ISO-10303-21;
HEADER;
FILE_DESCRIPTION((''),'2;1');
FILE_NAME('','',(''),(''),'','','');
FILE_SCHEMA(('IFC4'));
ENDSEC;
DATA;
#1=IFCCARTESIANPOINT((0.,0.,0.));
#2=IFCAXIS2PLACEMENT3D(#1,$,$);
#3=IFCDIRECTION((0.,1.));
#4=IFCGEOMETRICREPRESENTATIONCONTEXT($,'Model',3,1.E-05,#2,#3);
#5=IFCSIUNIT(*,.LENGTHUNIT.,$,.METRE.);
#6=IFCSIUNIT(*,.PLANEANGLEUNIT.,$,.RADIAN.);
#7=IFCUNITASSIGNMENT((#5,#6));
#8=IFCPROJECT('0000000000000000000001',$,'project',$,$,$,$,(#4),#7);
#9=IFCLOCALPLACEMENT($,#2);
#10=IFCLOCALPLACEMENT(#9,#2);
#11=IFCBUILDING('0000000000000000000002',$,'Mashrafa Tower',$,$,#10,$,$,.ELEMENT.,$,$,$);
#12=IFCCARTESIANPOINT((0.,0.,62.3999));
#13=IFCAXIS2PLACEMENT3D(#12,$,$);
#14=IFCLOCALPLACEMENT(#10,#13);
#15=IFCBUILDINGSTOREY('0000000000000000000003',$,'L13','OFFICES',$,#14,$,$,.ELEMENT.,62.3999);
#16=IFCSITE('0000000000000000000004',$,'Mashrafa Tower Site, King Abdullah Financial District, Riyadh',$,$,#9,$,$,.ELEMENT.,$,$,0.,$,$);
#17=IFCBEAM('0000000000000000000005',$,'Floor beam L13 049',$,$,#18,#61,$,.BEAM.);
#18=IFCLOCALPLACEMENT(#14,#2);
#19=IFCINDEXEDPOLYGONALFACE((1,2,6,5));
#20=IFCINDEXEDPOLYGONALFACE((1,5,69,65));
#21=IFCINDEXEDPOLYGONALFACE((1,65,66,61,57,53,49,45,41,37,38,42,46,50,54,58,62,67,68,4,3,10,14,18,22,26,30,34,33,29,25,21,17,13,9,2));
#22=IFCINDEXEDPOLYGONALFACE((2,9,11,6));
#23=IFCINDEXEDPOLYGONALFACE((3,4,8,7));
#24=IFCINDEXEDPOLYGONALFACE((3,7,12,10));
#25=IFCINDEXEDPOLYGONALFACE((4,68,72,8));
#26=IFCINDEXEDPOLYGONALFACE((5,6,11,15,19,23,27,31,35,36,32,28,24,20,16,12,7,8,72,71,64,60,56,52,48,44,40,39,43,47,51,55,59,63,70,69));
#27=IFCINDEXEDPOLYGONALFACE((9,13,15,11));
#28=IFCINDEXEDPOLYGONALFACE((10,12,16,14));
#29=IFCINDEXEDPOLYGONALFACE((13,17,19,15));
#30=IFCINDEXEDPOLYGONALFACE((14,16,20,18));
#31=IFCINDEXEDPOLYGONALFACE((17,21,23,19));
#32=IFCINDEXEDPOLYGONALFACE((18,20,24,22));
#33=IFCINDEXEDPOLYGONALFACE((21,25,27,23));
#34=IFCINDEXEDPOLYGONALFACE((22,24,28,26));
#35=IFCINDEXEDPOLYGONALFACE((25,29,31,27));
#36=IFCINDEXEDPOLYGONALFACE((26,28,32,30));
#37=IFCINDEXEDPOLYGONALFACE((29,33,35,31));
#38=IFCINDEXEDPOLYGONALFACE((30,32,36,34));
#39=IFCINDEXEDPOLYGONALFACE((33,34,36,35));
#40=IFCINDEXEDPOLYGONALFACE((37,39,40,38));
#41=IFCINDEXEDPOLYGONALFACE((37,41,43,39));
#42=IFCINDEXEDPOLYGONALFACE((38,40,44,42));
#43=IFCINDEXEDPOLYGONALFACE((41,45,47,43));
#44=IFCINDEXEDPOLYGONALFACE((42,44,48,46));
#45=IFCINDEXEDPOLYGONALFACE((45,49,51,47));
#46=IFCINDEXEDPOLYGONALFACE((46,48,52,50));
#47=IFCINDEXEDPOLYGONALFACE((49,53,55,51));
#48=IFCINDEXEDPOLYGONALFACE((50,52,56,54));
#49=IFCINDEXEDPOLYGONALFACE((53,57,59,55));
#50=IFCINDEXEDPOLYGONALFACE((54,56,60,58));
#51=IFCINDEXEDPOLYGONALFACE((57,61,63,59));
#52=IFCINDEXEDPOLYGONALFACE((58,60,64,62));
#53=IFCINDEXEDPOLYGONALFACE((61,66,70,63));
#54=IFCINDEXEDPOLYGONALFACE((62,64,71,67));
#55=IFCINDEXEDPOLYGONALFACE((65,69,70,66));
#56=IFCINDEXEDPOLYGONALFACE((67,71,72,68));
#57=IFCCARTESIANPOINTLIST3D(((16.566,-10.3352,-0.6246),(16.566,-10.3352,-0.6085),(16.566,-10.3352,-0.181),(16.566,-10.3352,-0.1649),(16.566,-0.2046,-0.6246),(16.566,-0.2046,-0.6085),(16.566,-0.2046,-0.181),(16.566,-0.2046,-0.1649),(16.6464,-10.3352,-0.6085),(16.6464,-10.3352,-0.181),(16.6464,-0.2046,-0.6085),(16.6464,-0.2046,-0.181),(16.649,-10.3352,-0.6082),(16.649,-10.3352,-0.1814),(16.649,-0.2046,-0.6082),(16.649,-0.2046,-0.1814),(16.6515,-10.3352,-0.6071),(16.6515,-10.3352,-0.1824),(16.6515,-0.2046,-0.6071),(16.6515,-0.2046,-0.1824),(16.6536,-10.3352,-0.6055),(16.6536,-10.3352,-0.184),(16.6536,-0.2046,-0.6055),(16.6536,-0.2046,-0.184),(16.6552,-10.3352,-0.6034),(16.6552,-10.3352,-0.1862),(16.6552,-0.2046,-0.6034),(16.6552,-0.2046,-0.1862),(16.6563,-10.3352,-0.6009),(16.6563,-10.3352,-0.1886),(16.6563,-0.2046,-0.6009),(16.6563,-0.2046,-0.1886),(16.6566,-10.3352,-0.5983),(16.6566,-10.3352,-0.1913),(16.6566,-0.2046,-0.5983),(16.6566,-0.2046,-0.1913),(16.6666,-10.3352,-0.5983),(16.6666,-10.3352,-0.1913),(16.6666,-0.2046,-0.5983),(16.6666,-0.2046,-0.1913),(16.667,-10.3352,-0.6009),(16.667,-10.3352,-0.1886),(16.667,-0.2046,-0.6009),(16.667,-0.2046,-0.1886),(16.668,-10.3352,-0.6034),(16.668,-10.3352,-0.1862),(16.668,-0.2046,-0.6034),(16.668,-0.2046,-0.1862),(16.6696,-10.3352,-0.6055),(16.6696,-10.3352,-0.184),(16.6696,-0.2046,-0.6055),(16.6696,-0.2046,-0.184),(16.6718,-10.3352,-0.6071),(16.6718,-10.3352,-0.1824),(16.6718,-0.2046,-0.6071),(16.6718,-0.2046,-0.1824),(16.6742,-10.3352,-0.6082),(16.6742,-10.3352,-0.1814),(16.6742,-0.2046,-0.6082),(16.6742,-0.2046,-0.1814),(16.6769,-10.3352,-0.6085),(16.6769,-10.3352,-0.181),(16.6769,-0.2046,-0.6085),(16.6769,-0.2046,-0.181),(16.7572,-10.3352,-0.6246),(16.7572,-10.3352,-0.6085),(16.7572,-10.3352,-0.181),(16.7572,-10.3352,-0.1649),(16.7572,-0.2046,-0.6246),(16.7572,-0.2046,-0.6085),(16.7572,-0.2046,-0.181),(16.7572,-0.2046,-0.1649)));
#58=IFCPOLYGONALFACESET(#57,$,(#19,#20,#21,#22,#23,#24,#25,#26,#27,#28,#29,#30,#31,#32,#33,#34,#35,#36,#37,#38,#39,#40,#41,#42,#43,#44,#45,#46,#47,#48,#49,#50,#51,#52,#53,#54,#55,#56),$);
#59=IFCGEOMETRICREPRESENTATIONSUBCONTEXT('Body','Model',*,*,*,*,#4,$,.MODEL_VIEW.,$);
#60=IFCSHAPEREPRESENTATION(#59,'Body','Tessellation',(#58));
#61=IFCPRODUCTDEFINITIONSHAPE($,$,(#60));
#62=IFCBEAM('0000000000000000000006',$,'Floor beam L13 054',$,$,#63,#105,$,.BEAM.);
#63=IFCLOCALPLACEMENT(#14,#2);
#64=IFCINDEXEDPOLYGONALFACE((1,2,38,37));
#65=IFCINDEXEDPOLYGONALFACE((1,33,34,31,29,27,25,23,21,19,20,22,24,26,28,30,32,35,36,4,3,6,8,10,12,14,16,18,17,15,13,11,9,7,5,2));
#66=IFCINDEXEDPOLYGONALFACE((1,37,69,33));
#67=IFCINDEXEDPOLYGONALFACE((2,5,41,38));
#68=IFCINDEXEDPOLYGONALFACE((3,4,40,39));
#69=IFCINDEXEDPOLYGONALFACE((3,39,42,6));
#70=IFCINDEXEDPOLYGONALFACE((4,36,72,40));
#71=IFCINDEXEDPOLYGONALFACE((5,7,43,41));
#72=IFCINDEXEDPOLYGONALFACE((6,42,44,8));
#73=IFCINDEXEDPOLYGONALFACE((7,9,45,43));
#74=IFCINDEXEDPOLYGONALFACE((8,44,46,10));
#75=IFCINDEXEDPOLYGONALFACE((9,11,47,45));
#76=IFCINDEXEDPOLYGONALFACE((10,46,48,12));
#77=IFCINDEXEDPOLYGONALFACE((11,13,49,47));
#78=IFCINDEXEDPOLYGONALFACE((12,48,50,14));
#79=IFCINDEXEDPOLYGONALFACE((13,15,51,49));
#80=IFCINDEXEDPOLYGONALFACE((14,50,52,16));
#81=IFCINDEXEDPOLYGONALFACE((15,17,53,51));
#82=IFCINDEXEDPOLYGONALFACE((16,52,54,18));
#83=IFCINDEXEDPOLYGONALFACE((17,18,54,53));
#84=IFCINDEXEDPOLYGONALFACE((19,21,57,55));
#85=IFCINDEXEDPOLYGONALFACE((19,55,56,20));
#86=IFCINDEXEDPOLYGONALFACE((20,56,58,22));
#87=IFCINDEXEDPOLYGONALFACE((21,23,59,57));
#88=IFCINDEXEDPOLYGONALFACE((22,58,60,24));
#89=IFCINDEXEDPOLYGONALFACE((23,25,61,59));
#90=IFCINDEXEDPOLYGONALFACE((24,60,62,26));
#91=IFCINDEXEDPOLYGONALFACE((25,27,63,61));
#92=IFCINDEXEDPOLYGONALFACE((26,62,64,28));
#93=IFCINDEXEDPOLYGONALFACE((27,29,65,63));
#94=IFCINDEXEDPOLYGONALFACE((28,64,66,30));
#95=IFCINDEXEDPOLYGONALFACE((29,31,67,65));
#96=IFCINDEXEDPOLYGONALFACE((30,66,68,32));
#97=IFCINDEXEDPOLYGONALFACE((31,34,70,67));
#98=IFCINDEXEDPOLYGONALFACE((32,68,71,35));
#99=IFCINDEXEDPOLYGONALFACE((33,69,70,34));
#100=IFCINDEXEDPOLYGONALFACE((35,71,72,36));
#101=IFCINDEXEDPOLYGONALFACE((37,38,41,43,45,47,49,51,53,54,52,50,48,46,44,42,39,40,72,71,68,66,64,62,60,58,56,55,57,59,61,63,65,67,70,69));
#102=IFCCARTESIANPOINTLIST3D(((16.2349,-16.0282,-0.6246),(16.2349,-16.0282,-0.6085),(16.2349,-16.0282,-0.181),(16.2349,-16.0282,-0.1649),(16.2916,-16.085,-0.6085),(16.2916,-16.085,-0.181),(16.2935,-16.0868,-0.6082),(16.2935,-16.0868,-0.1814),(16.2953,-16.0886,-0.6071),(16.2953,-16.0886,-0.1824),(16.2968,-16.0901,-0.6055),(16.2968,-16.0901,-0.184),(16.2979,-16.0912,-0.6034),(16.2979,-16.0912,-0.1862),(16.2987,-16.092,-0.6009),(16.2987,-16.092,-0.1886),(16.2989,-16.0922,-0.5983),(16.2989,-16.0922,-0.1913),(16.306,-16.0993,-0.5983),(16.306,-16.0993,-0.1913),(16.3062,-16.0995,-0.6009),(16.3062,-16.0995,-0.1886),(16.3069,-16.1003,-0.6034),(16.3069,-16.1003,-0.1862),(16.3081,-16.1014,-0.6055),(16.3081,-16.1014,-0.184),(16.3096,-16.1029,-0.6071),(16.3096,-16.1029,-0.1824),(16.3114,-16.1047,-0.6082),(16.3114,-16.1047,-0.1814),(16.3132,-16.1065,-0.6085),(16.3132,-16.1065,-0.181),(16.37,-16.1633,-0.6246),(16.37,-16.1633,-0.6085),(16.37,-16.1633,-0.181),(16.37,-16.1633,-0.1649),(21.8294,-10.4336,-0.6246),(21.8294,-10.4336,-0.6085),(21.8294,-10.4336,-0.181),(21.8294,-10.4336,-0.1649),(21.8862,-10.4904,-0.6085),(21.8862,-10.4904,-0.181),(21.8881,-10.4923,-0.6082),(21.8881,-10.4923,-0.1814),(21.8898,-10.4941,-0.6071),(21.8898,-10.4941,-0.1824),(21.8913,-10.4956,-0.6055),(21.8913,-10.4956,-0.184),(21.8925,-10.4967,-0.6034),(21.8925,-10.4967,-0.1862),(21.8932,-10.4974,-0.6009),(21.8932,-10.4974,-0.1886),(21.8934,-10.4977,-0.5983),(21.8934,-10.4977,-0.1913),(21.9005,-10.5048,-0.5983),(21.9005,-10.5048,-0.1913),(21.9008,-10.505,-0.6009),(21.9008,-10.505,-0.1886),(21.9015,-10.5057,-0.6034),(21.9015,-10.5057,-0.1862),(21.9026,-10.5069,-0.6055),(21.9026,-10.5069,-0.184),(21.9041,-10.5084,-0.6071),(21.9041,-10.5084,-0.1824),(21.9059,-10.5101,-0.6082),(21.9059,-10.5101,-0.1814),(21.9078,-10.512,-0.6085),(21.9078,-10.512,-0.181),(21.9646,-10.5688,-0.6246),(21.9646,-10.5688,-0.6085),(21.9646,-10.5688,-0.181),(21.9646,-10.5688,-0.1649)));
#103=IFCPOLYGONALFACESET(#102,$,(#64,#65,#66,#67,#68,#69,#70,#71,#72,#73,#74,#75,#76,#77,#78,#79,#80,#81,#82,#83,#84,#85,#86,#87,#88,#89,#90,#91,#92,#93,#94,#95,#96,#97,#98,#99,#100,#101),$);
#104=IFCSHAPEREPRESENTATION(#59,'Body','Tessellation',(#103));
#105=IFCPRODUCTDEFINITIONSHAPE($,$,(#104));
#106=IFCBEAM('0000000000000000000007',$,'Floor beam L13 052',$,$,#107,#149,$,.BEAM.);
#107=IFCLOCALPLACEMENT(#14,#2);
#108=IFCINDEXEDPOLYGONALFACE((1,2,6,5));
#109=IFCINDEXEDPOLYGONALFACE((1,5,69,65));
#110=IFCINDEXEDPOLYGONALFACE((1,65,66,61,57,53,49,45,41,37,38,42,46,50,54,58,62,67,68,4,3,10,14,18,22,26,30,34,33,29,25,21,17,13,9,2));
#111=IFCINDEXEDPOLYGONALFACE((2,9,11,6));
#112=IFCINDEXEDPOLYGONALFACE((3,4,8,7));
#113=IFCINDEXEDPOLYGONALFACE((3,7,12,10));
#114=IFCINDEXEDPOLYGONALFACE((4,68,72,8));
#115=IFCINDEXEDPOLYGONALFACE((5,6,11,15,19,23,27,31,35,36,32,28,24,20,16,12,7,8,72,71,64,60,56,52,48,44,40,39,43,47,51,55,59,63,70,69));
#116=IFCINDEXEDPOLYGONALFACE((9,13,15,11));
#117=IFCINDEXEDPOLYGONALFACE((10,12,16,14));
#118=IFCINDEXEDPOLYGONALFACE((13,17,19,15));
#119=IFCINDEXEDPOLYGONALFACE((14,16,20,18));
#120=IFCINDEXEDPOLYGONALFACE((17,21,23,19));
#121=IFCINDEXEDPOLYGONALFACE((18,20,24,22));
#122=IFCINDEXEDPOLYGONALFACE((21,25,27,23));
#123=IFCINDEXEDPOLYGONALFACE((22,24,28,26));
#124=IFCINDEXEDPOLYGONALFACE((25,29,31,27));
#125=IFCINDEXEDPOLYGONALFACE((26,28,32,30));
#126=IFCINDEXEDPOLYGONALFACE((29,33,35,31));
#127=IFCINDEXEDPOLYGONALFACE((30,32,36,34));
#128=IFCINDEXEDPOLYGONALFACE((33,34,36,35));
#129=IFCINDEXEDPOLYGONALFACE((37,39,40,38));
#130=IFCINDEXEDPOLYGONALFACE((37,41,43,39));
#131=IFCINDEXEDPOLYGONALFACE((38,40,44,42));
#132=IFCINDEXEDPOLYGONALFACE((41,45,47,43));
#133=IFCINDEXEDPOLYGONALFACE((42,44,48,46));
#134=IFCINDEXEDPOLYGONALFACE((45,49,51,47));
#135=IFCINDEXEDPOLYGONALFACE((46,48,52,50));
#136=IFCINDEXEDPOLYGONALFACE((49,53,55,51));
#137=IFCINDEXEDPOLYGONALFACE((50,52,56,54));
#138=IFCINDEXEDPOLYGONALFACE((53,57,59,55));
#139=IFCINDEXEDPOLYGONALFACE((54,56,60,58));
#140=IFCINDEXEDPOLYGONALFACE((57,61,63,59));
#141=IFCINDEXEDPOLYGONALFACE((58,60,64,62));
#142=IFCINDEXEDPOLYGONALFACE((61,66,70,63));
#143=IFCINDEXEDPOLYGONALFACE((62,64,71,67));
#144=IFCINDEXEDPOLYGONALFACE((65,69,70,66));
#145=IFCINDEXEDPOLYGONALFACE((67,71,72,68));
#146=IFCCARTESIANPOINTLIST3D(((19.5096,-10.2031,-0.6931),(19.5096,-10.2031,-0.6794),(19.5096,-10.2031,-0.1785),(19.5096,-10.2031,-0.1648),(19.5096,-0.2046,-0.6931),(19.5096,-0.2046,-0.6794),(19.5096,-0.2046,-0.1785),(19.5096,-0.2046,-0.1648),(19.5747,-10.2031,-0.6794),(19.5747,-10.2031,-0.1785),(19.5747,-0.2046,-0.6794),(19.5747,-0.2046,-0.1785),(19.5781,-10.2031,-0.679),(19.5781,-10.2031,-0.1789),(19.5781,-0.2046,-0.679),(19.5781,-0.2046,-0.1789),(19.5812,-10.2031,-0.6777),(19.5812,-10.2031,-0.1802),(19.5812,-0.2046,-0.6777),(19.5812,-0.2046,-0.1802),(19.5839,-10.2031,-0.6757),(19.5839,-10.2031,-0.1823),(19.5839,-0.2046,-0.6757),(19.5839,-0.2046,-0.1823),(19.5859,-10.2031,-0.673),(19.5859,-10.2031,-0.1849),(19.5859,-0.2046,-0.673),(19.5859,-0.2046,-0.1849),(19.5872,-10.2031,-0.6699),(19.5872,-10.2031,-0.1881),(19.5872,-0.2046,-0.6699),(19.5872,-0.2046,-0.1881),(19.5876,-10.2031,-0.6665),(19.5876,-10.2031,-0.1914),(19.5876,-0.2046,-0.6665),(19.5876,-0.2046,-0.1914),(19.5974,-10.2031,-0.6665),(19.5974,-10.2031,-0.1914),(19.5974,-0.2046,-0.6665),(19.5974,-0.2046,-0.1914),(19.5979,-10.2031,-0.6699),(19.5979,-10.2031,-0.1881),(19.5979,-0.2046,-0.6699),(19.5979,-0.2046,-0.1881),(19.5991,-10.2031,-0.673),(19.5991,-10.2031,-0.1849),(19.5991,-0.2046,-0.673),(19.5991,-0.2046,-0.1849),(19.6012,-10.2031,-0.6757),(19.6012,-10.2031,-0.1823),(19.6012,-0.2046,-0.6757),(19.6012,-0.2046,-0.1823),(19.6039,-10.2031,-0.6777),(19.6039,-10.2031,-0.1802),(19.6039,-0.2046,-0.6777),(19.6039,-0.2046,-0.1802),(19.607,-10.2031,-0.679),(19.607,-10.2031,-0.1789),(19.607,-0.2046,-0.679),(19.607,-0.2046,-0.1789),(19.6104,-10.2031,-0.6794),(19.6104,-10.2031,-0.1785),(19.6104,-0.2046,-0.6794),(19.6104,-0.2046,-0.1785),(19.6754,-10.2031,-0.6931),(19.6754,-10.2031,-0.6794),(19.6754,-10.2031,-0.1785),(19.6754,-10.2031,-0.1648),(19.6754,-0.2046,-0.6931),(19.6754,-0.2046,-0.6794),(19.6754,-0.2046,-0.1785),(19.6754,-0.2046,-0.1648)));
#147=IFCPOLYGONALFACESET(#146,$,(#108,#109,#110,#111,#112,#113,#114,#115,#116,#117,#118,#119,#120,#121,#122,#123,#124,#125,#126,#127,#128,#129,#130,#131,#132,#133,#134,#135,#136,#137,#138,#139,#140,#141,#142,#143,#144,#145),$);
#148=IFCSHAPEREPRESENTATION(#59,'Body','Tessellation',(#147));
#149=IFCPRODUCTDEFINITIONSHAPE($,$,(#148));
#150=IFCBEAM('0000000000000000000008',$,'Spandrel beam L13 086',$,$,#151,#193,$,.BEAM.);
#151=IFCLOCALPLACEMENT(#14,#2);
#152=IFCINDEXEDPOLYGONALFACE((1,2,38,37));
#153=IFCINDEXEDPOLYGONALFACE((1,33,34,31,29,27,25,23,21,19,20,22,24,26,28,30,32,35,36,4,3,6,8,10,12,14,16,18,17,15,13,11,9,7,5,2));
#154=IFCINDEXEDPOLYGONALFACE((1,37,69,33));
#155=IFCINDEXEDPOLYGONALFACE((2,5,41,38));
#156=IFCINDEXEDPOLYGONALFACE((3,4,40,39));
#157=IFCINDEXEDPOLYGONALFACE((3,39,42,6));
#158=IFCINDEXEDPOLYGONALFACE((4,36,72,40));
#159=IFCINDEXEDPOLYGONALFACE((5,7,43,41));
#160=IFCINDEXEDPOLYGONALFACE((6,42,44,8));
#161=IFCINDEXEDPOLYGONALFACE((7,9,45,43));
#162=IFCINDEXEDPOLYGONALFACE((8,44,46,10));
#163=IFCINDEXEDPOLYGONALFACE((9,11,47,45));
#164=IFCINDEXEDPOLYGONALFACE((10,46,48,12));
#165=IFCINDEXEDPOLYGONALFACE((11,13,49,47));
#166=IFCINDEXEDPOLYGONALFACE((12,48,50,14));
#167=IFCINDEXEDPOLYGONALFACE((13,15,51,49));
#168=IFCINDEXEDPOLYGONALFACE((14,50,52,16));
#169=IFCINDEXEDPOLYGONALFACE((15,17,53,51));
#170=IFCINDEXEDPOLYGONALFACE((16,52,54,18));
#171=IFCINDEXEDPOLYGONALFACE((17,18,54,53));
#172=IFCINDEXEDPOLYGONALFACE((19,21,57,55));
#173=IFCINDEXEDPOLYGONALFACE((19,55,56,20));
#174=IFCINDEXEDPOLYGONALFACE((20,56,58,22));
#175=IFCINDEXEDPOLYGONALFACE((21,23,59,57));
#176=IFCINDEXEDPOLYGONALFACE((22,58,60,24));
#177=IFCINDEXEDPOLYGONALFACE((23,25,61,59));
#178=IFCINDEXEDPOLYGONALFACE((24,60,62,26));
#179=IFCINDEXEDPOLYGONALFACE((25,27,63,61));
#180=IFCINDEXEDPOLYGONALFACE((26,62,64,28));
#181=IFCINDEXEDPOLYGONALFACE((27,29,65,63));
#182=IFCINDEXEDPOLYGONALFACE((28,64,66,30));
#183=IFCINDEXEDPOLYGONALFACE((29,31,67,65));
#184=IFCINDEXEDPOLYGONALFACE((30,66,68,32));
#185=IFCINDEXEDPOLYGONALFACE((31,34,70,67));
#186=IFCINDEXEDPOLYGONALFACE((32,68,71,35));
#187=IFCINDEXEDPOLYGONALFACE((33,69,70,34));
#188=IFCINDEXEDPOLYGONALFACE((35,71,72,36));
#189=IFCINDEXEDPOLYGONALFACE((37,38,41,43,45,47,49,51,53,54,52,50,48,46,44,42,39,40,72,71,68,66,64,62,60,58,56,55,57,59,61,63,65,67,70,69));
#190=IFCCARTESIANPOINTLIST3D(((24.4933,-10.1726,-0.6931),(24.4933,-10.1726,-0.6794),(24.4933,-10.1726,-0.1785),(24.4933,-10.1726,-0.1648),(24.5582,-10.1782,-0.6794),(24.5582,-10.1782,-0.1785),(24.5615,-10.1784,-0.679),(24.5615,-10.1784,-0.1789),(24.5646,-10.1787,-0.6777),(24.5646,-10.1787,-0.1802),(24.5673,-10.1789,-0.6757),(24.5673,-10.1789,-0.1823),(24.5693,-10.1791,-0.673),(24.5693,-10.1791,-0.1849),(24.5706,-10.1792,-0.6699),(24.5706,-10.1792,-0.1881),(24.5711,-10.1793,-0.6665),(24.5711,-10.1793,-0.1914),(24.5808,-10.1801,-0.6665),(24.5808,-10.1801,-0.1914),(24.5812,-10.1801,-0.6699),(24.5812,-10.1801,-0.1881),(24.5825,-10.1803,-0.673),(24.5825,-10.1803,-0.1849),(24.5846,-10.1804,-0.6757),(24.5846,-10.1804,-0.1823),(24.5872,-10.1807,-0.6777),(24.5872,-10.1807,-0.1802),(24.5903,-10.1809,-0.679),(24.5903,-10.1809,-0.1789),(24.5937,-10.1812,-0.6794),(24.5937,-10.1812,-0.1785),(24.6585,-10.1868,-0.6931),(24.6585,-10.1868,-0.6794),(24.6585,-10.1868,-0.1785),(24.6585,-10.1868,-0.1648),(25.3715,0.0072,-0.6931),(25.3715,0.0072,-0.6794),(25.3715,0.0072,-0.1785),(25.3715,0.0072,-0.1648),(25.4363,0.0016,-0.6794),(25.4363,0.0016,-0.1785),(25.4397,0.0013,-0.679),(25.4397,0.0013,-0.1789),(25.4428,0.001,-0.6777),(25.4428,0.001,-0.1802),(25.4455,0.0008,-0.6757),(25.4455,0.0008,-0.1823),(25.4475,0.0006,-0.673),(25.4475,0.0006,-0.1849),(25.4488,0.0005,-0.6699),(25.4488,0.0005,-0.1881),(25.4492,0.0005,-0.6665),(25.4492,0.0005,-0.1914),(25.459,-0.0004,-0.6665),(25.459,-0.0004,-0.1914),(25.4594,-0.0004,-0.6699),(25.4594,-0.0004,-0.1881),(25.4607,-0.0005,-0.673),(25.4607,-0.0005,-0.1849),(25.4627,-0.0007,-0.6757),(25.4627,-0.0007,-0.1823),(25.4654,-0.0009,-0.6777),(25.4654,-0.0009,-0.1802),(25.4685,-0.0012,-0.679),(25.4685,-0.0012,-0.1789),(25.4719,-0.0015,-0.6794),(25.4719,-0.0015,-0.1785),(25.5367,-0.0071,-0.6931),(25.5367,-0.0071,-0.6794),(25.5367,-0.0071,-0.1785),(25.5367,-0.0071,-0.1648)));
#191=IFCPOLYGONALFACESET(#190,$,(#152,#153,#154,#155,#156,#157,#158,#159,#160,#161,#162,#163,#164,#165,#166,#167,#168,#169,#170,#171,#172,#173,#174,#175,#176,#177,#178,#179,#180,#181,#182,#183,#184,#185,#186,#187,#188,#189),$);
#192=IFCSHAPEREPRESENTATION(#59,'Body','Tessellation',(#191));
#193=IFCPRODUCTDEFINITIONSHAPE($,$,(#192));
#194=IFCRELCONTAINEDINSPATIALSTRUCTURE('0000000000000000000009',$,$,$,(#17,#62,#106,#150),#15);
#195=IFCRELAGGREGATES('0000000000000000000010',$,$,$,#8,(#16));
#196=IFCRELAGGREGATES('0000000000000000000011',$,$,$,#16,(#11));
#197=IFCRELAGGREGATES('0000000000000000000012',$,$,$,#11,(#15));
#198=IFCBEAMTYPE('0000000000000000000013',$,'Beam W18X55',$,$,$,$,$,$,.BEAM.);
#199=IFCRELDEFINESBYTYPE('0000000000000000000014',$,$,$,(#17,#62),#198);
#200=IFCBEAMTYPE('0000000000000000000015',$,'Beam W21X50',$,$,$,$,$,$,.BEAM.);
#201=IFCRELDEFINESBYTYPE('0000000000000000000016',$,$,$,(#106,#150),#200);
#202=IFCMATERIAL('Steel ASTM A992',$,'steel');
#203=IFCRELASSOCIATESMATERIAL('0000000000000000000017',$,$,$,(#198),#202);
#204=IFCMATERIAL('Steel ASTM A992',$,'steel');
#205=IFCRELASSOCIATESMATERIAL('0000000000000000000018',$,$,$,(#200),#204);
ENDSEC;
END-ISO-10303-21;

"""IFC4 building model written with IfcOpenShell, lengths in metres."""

from ifc_helpers import new_model, si_unit, direction, frame, origin, origin_2d, place, context, subcontext, project, spatial, i_section, extrude, material, material_profile, profile_set, type_object, element, save


model = new_model("IFC4")

# Units and contexts
model_context = context("Model", 3, precision=1e-05, world=origin(), true_north=direction((0.0, 1.0)))
body_context = subcontext(model_context, "Body", "Model", "MODEL_VIEW")
ifc_project = project(units=[si_unit("LENGTHUNIT", "METRE"), si_unit("PLANEANGLEUNIT", "RADIAN")], contexts=[model_context])

# Site, building, storey
site_placement = place(None, origin())
site = spatial("IfcSite", under=ifc_project, at=site_placement, Name="Mashrafa Tower Site, King Abdullah Financial District, Riyadh", CompositionType="ELEMENT", RefElevation=0.0)
building_placement = place(site_placement, origin())
building = spatial("IfcBuilding", under=site, at=building_placement, Name="Mashrafa Tower", CompositionType="ELEMENT")
storey_placement = place(building_placement, frame((0.0, 0.0, 62.3999)))
storey = spatial("IfcBuildingStorey", under=building, at=storey_placement, Name="L13", Description="OFFICES", CompositionType="ELEMENT", Elevation=62.3999)

# Beams
ifc_material_1 = material(Name="Steel ASTM A992", Category="steel")
ifc_material_profile_1 = material_profile(ifc_material_1, i_section(OverallWidth=0.1912, OverallDepth=0.4597, WebThickness=0.01, FlangeThickness=0.0161, FilletRadius=0.0103, at=origin_2d()), Name="W18X55")
ifc_profile_set_1 = profile_set([ifc_material_profile_1], Name="Steel ASTM A992")
beam_type_1 = type_object("IfcBeamType", Name="Beam W18X55", PredefinedType="BEAM", material=ifc_profile_set_1)
beam_1_placement = place(storey_placement, frame((16.6616, -0.2046, -0.3948), z_axis=(0.0, -1.0, 0.0), x_axis=(1.0, 0.0, 0.0)))
element("IfcBeam", 1, at=beam_1_placement, inside=storey, type_object=beam_type_1, Name="Floor beam L13 049", PredefinedType="BEAM", context=body_context, shape_type="SweptSolid", body=[
    extrude(i_section(OverallWidth=0.1912, OverallDepth=0.4597, WebThickness=0.01, FlangeThickness=0.0161, FilletRadius=0.0103, at=origin_2d()), origin(), (0.0, 0.0, 1.0), 10.1306),
])
beam_2_placement = place(storey_placement, frame((21.897, -10.5012, -0.3948), z_axis=(-0.707107, -0.707107, 0.0), x_axis=(0.707107, -0.707107, 0.0)))
element("IfcBeam", 2, at=beam_2_placement, inside=storey, type_object=beam_type_1, Name="Floor beam L13 054", PredefinedType="BEAM", context=body_context, shape_type="SweptSolid", body=[
    extrude(i_section(OverallWidth=0.1912, OverallDepth=0.4597, WebThickness=0.01, FlangeThickness=0.0161, FilletRadius=0.0103, at=origin_2d()), origin(), (0.0, 0.0, 1.0), 7.9119),
])
ifc_material_2 = material(Name="Steel ASTM A992", Category="steel")
ifc_material_profile_2 = material_profile(ifc_material_2, i_section(OverallWidth=0.1658, OverallDepth=0.5283, WebThickness=0.0098, FlangeThickness=0.0137, FilletRadius=0.0129, at=origin_2d()), Name="W21X50")
ifc_profile_set_2 = profile_set([ifc_material_profile_2], Name="Steel ASTM A992")
beam_type_2 = type_object("IfcBeamType", Name="Beam W21X50", PredefinedType="BEAM", material=ifc_profile_set_2)
beam_3_placement = place(storey_placement, frame((19.5925, -0.2046, -0.429), z_axis=(0.0, -1.0, 0.0), x_axis=(1.0, 0.0, 0.0)))
element("IfcBeam", 3, at=beam_3_placement, inside=storey, type_object=beam_type_2, Name="Floor beam L13 052", PredefinedType="BEAM", context=body_context, shape_type="SweptSolid", body=[
    extrude(i_section(OverallWidth=0.1658, OverallDepth=0.5283, WebThickness=0.0098, FlangeThickness=0.0137, FilletRadius=0.0129, at=origin_2d()), origin(), (0.0, 0.0, 1.0), 9.9985),
])
beam_4_placement = place(storey_placement, frame((24.5759, -10.1797, -0.429), z_axis=(0.085948, 0.9963, 0.0), x_axis=(-0.9963, 0.085948, 0.0)))
element("IfcBeam", 4, at=beam_4_placement, inside=storey, type_object=beam_type_2, Name="Spandrel beam L13 086", PredefinedType="BEAM", context=body_context, shape_type="SweptSolid", body=[
    extrude(i_section(OverallWidth=0.1658, OverallDepth=0.5283, WebThickness=0.0098, FlangeThickness=0.0137, FilletRadius=0.0129, at=origin_2d()), origin(), (0.0, 0.0, 1.0), 10.2175),
])

save(model, "model.ifc")
